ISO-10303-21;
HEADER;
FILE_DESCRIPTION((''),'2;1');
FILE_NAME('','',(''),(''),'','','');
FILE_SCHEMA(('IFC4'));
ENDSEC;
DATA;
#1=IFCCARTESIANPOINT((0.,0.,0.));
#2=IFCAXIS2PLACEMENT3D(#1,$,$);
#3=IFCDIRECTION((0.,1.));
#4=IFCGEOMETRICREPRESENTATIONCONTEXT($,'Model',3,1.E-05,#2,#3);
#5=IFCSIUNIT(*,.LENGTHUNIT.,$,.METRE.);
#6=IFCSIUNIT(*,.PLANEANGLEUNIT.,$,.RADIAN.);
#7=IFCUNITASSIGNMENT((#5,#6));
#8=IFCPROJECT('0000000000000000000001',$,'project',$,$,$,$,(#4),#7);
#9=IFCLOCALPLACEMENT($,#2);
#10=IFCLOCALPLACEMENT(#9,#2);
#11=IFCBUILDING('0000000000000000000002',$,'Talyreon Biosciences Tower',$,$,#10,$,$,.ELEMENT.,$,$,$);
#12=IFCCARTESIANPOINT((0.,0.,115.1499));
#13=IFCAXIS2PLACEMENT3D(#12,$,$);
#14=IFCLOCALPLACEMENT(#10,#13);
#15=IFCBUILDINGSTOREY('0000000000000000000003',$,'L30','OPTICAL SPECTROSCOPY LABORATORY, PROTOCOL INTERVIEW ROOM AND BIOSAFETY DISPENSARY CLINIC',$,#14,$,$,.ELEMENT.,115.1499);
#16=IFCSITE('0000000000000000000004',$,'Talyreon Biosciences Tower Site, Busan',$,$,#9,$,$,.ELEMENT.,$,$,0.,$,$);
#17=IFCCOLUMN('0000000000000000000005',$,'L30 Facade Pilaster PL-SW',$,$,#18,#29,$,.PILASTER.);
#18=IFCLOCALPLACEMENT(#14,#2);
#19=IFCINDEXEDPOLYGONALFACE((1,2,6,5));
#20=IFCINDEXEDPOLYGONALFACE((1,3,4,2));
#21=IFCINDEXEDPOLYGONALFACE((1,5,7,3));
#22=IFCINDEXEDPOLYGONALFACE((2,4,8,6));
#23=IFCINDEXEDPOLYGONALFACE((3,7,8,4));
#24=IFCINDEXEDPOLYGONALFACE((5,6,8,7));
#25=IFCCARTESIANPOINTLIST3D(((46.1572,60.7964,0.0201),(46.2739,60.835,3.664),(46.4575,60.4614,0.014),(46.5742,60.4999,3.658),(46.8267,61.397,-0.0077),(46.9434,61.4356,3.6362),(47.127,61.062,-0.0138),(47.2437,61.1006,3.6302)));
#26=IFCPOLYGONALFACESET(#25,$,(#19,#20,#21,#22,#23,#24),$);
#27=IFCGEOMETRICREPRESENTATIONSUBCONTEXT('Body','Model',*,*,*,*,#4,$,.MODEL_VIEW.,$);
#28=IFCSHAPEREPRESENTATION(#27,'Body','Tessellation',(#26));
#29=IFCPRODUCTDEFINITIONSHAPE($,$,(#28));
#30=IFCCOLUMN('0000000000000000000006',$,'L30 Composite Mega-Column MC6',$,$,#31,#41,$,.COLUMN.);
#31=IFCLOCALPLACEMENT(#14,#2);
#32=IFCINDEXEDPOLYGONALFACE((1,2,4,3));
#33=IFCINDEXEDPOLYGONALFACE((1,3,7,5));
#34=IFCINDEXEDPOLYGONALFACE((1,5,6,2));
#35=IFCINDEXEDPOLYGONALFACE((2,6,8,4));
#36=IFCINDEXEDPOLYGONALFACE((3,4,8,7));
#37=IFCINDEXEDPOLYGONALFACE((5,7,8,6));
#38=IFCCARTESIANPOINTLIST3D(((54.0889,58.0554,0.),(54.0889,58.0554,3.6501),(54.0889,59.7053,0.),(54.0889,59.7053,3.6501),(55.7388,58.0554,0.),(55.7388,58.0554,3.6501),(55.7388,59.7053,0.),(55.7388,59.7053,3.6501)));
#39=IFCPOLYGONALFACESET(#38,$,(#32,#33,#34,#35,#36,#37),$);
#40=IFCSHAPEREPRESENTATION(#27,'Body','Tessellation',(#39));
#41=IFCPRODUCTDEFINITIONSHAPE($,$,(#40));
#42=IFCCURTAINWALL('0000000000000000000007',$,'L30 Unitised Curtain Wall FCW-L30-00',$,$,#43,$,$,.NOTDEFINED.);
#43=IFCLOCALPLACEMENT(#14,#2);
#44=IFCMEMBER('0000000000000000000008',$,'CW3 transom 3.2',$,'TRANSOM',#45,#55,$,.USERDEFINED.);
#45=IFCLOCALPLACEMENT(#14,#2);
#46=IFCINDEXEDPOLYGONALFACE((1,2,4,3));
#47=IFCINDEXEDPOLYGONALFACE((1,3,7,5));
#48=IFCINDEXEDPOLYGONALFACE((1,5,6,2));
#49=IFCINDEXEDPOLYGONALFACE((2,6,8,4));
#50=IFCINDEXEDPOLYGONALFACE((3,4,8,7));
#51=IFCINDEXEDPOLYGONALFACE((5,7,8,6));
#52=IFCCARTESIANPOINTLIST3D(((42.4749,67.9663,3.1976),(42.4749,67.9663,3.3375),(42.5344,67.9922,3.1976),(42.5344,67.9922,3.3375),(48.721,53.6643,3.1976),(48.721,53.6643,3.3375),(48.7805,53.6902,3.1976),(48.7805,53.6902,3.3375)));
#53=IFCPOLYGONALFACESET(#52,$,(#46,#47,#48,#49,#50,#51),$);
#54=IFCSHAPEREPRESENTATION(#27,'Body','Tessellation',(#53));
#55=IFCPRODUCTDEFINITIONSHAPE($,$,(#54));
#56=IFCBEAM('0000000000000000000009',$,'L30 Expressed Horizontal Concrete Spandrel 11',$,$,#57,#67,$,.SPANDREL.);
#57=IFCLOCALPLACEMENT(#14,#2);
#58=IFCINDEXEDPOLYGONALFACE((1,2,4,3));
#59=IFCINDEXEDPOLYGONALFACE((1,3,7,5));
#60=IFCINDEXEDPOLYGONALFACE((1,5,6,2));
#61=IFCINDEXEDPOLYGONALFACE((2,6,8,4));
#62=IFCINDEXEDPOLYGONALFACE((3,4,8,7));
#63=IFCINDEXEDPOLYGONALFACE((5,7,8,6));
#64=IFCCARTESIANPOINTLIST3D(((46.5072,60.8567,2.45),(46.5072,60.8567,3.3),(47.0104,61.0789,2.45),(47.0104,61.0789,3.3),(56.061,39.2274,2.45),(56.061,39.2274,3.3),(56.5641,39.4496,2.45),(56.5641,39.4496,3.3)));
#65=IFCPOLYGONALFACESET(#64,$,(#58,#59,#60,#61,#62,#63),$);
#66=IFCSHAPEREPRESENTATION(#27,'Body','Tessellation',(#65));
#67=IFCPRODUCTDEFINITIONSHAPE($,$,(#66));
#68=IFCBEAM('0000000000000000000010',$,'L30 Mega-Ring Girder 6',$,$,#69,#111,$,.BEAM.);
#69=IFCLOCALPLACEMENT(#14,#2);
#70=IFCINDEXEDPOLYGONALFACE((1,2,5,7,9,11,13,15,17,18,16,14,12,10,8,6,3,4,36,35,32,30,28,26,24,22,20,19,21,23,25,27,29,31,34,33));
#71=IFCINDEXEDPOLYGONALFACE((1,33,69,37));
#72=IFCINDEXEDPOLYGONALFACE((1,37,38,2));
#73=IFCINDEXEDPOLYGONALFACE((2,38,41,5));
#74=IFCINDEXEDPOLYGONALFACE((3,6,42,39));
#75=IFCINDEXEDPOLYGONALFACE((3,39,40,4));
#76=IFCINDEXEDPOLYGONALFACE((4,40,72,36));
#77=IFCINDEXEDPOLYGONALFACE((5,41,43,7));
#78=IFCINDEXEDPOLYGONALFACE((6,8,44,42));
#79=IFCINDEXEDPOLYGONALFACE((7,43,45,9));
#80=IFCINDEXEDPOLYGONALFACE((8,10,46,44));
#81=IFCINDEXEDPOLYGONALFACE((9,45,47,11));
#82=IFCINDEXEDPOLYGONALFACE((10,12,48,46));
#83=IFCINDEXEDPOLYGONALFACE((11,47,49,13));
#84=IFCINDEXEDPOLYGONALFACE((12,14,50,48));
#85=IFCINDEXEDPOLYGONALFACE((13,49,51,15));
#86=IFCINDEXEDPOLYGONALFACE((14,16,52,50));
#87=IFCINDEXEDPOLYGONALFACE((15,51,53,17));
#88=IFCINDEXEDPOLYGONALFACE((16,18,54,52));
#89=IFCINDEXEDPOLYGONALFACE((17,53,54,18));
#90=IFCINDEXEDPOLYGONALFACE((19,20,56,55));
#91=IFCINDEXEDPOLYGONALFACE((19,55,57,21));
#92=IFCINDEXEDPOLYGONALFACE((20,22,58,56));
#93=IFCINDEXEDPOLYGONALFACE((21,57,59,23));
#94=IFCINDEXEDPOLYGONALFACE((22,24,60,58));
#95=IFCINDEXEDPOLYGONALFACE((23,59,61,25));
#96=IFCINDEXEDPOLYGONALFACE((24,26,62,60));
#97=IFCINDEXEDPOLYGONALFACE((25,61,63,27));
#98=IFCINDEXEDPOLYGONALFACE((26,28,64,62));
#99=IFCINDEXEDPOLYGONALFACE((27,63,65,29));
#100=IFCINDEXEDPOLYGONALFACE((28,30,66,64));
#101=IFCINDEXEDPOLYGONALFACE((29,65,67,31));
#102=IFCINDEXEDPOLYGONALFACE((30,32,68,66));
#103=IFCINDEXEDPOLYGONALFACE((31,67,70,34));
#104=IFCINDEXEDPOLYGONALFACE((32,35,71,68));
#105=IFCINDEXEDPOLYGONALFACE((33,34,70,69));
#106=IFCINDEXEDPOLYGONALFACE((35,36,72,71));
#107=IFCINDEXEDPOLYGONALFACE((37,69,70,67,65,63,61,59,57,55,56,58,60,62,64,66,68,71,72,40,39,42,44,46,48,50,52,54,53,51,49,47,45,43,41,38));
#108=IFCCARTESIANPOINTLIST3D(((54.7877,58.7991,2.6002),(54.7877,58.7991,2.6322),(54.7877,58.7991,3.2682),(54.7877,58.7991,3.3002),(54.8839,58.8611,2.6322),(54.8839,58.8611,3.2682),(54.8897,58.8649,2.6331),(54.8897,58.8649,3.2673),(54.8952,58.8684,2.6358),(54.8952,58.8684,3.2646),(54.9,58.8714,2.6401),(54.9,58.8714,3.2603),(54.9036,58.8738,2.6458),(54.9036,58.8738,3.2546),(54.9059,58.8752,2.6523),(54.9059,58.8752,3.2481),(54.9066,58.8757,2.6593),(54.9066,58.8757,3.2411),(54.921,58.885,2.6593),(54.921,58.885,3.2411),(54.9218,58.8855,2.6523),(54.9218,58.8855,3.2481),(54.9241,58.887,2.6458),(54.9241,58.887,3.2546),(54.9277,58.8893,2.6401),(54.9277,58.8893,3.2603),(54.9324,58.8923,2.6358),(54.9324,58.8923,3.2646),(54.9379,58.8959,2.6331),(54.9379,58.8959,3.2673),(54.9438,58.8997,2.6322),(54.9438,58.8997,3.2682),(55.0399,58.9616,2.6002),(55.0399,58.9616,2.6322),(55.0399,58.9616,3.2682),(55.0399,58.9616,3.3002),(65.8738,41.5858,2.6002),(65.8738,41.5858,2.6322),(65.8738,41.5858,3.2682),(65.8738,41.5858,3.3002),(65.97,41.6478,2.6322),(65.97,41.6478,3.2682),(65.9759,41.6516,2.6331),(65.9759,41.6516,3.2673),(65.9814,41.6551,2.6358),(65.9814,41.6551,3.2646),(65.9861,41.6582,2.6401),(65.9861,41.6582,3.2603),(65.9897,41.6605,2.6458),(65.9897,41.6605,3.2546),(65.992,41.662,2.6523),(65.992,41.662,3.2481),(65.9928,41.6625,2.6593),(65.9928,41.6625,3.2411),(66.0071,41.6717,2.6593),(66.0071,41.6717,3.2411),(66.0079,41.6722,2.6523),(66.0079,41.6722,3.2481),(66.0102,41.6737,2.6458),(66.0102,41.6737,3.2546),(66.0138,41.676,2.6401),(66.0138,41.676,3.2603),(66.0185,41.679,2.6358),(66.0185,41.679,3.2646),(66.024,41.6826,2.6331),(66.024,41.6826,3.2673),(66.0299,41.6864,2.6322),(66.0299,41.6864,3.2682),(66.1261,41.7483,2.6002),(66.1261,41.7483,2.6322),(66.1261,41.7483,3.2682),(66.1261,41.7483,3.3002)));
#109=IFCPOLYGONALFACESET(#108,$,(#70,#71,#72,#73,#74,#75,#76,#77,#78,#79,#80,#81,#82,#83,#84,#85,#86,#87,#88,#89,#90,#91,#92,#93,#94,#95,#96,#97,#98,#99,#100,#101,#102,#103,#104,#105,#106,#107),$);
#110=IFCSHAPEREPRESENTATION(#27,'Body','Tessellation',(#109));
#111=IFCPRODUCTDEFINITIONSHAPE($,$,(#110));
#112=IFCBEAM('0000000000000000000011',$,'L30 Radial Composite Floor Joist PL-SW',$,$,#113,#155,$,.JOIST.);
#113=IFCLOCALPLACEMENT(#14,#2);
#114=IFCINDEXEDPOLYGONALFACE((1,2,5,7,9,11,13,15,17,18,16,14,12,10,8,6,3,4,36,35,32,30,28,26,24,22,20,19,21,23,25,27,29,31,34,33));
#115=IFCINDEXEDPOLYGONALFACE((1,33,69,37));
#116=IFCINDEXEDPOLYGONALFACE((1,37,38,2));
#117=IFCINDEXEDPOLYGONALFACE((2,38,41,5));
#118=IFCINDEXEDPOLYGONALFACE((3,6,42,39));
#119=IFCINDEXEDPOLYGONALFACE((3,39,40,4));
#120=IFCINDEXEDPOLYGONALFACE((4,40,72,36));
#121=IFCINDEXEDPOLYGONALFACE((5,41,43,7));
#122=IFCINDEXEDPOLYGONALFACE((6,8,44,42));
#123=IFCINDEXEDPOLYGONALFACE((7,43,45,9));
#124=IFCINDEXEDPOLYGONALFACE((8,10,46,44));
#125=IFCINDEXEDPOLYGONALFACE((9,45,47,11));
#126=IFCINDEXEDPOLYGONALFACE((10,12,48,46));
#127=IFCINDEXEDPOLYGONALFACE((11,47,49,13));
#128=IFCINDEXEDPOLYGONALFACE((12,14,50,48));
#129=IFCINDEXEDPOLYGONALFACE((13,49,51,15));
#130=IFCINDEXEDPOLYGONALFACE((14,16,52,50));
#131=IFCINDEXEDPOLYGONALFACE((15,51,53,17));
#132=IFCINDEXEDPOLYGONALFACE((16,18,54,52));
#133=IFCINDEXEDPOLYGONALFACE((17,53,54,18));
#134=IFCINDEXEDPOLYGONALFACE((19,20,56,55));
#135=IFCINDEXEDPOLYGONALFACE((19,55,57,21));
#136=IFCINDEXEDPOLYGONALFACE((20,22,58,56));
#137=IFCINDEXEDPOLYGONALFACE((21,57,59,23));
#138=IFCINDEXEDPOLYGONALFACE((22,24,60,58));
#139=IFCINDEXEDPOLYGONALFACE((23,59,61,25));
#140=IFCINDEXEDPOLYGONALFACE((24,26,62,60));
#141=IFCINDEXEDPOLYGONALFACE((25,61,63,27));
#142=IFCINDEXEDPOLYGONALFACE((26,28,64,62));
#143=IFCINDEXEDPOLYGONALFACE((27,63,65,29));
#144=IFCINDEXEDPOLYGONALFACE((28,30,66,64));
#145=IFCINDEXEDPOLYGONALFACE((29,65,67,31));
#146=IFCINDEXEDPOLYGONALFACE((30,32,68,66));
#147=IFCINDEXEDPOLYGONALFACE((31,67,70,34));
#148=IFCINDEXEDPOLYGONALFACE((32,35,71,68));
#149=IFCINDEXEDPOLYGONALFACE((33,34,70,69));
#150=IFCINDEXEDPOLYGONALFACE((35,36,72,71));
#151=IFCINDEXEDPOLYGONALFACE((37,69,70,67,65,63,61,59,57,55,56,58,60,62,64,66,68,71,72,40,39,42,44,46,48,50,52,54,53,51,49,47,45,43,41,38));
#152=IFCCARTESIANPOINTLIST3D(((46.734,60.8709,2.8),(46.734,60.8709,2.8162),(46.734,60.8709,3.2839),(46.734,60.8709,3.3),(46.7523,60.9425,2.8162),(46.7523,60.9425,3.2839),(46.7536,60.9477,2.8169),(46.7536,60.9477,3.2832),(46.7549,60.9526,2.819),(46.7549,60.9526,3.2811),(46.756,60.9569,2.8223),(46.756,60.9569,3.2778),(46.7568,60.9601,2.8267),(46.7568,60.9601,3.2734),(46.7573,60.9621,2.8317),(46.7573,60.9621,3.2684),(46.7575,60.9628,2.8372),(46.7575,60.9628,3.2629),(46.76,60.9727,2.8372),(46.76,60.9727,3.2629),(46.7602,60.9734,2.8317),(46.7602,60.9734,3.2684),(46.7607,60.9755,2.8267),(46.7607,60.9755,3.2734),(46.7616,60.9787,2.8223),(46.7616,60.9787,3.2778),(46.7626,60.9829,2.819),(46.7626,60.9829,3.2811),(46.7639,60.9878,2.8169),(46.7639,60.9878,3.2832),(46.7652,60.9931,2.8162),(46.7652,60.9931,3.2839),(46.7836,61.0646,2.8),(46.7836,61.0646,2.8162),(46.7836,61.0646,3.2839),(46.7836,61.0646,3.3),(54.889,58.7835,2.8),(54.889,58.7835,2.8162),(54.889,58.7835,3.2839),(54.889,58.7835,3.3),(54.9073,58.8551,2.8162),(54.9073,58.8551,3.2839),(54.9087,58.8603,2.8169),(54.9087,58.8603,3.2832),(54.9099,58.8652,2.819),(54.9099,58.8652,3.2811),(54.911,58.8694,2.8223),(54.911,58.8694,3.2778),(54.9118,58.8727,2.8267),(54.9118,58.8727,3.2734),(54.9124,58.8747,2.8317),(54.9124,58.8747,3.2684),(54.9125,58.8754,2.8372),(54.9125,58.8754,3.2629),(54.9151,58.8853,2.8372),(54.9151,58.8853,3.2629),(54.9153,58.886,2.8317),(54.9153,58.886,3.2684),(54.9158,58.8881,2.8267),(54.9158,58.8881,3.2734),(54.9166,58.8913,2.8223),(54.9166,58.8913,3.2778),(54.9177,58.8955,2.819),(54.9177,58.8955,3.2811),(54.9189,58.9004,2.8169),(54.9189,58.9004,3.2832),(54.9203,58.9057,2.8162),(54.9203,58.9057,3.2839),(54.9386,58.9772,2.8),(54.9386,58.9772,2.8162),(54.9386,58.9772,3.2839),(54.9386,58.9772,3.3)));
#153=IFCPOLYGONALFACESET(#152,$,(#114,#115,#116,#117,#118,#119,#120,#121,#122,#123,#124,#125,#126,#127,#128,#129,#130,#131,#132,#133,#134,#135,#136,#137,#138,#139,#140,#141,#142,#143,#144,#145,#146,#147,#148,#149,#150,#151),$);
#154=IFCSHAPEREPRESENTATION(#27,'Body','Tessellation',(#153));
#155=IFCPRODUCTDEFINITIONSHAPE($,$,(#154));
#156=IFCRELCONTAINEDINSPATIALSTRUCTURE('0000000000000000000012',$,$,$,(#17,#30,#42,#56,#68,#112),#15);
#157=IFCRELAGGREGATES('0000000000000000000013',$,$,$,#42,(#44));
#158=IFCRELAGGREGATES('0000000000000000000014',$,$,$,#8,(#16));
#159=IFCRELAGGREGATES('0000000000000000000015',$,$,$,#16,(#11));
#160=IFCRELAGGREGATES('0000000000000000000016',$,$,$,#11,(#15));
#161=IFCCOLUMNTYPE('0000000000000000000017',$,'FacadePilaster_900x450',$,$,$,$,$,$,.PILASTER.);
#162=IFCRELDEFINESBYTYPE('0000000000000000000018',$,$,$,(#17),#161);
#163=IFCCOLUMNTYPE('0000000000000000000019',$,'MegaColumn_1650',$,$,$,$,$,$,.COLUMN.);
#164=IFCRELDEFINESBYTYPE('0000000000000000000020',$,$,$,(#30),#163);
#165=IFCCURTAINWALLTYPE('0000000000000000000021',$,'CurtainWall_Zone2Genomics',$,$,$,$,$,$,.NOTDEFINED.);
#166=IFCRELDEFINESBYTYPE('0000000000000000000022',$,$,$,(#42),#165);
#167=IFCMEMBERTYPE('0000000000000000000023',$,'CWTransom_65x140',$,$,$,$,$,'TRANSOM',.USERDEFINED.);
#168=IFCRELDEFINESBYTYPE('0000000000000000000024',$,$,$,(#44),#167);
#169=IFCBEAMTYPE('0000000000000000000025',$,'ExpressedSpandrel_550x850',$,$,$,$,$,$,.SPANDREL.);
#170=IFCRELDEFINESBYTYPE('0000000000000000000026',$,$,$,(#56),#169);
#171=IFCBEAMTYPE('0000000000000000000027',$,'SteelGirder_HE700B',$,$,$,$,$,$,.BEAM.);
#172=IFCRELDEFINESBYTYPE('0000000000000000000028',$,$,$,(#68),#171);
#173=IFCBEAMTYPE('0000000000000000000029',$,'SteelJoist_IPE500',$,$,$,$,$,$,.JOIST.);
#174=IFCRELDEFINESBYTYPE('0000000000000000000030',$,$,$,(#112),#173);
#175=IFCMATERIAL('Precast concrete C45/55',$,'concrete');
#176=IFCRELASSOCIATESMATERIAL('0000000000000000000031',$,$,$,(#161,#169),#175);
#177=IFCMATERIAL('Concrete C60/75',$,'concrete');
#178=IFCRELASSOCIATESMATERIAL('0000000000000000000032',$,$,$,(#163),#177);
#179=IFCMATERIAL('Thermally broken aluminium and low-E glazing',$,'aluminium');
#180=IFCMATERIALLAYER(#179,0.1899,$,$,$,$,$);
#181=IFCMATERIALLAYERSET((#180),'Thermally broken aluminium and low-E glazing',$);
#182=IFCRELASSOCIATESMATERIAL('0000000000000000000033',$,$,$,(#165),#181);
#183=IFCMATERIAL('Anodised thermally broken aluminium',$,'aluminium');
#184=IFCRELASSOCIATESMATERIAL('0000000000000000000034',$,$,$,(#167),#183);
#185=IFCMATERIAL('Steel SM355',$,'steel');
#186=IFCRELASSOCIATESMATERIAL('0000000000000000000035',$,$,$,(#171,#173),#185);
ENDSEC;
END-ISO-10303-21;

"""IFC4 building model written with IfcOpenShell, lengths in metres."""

from ifc_helpers import new_model, si_unit, direction, frame, origin, origin_2d, place, context, subcontext, project, spatial, rectangle, i_section, extrude, material, layer, layer_set, material_profile, profile_set, type_object, element, aggregate, save


model = new_model("IFC4")

# Units and contexts
model_context = context("Model", 3, precision=1e-05, world=origin(), true_north=direction((0.0, 1.0)))
body_context = subcontext(model_context, "Body", "Model", "MODEL_VIEW")
ifc_project = project(units=[si_unit("LENGTHUNIT", "METRE"), si_unit("PLANEANGLEUNIT", "RADIAN")], contexts=[model_context])

# Site, building, storey
site_placement = place(None, origin())
site = spatial("IfcSite", under=ifc_project, at=site_placement, Name="Talyreon Biosciences Tower Site, Busan", CompositionType="ELEMENT", RefElevation=0.0)
building_placement = place(site_placement, origin())
building = spatial("IfcBuilding", under=site, at=building_placement, Name="Talyreon Biosciences Tower", CompositionType="ELEMENT")
storey_placement = place(building_placement, frame((0.0, 0.0, 115.1499)))
storey = spatial("IfcBuildingStorey", under=building, at=storey_placement, Name="L30", Description="OPTICAL SPECTROSCOPY LABORATORY, PROTOCOL INTERVIEW ROOM AND BIOSAFETY DISPENSARY CLINIC", CompositionType="ELEMENT", Elevation=115.1499)

# Columns
ifc_material_1 = material(Name="Precast concrete C45/55", Category="concrete")
ifc_material_profile_1 = material_profile(ifc_material_1, rectangle(XDim=0.8999, YDim=0.45, at=origin_2d()), Name="RC 900x450")
ifc_profile_set_1 = profile_set([ifc_material_profile_1], Name="Precast concrete C45/55")
column_type_1 = type_object("IfcColumnType", Name="FacadePilaster_900x450", PredefinedType="PILASTER", material=ifc_profile_set_1)
column_1_placement = place(storey_placement, frame((46.6421, 60.9292, 0.0032), z_axis=(0.032006, 0.01058, 0.999432), x_axis=(0.744015, 0.667448, -0.030892)))
element("IfcColumn", 1, at=column_1_placement, inside=storey, type_object=column_type_1, Name="L30 Facade Pilaster PL-SW", PredefinedType="PILASTER", context=body_context, shape_type="SweptSolid", body=[
    extrude(rectangle(XDim=0.8999, YDim=0.45, at=origin_2d()), origin(), (0.0, 0.0, 1.0), 3.646),
])
ifc_material_2 = material(Name="Concrete C60/75", Category="concrete")
ifc_material_profile_2 = material_profile(ifc_material_2, rectangle(XDim=1.6499, YDim=1.6499, at=origin_2d()), Name="RC 1650x1650")
ifc_profile_set_2 = profile_set([ifc_material_profile_2], Name="Concrete C60/75")
column_type_2 = type_object("IfcColumnType", Name="MegaColumn_1650", PredefinedType="COLUMN", material=ifc_profile_set_2)
column_2_placement = place(storey_placement, frame((54.9138, 58.8804, 0.0), z_axis=(0.0, 0.0, 1.0), x_axis=(1.0, 0.0, 0.0)))
element("IfcColumn", 2, at=column_2_placement, inside=storey, type_object=column_type_2, Name="L30 Composite Mega-Column MC6", PredefinedType="COLUMN", context=body_context, shape_type="SweptSolid", body=[
    extrude(rectangle(XDim=1.6499, YDim=1.6499, at=origin_2d()), origin(), (0.0, 0.0, 1.0), 3.6501),
])

# Curtain wall, member
ifc_material_3 = material(Name="Thermally broken aluminium and low-E glazing", Category="aluminium")
ifc_layer_1 = layer(ifc_material_3, 0.1899)
ifc_layer_set_1 = layer_set([ifc_layer_1], Name="Thermally broken aluminium and low-E glazing")
curtain_wall_type = type_object("IfcCurtainWallType", Name="CurtainWall_Zone2Genomics", PredefinedType="NOTDEFINED", material=ifc_layer_set_1)
curtain_wall_placement = place(storey_placement, origin())
curtain_wall = element("IfcCurtainWall", 3, at=curtain_wall_placement, inside=storey, type_object=curtain_wall_type, Name="L30 Unitised Curtain Wall FCW-L30-00", PredefinedType="NOTDEFINED")
ifc_material_4 = material(Name="Anodised thermally broken aluminium", Category="aluminium")
ifc_material_profile_3 = material_profile(ifc_material_4, rectangle(XDim=0.0649, YDim=0.1399, at=origin_2d()), Name="ALUM TRANSOM 65x140")
ifc_profile_set_3 = profile_set([ifc_material_profile_3], Name="Anodised thermally broken aluminium")
member_type = type_object("IfcMemberType", Name="CWTransom_65x140", ElementType="TRANSOM", PredefinedType="USERDEFINED", material=ifc_profile_set_3)
member_placement = place(storey_placement, frame((48.7507, 53.6772, 3.2676), z_axis=(-0.400225, 0.916417, 0.0), x_axis=(-0.916417, -0.400225, 0.0)))
member = element("IfcMember", 4, at=member_placement, type_object=member_type, Name="CW3 transom 3.2", ObjectType="TRANSOM", PredefinedType="USERDEFINED", context=body_context, shape_type="SweptSolid", body=[
    extrude(rectangle(XDim=0.0649, YDim=0.1399, at=origin_2d()), origin(), (0.0, 0.0, 1.0), 15.6064),
])

# Beams
ifc_material_profile_4 = material_profile(ifc_material_1, rectangle(XDim=0.55, YDim=0.8501, at=origin_2d()), Name="RCB 550x850")
ifc_profile_set_4 = profile_set([ifc_material_profile_4], Name="Precast concrete C45/55")
beam_type_1 = type_object("IfcBeamType", Name="ExpressedSpandrel_550x850", PredefinedType="SPANDREL", material=ifc_profile_set_4)
beam_1_placement = place(storey_placement, frame((46.7588, 60.9678, 2.875), z_axis=(0.404045, -0.914739, 0.0), x_axis=(0.914739, 0.404045, 0.0)))
element("IfcBeam", 5, at=beam_1_placement, inside=storey, type_object=beam_type_1, Name="L30 Expressed Horizontal Concrete Spandrel 11", PredefinedType="SPANDREL", context=body_context, shape_type="SweptSolid", body=[
    extrude(rectangle(XDim=0.55, YDim=0.8501, at=origin_2d()), origin(), (0.0, 0.0, 1.0), 23.6453),
])
ifc_material_5 = material(Name="Steel SM355", Category="steel")
ifc_material_profile_5 = material_profile(ifc_material_5, i_section(OverallWidth=0.3, OverallDepth=0.7, WebThickness=0.0171, FlangeThickness=0.032, FilletRadius=0.0271, at=origin_2d()), Name="HE700B")
ifc_profile_set_5 = profile_set([ifc_material_profile_5], Name="Steel SM355")
beam_type_2 = type_object("IfcBeamType", Name="SteelGirder_HE700B", PredefinedType="BEAM", material=ifc_profile_set_5)
beam_2_placement = place(storey_placement, frame((54.9138, 58.8804, 2.9502), z_axis=(0.541464, -0.840724, 0.0), x_axis=(0.840724, 0.541464, 0.0)))
element("IfcBeam", 6, at=beam_2_placement, inside=storey, type_object=beam_type_2, Name="L30 Mega-Ring Girder 6", PredefinedType="BEAM", context=body_context, shape_type="SweptSolid", body=[
    extrude(i_section(OverallWidth=0.3, OverallDepth=0.7, WebThickness=0.0171, FlangeThickness=0.032, FilletRadius=0.0271, at=origin_2d()), origin(), (0.0, 0.0, 1.0), 20.4744),
])
ifc_material_profile_6 = material_profile(ifc_material_5, i_section(OverallWidth=0.2, OverallDepth=0.5, WebThickness=0.0103, FlangeThickness=0.0161, FilletRadius=0.021, at=origin_2d()), Name="IPE500")
ifc_profile_set_6 = profile_set([ifc_material_profile_6], Name="Steel SM355")
beam_type_3 = type_object("IfcBeamType", Name="SteelJoist_IPE500", PredefinedType="JOIST", material=ifc_profile_set_6)
beam_3_placement = place(storey_placement, frame((54.9138, 58.8804, 3.05), z_axis=(-0.968768, 0.247971, 0.0), x_axis=(-0.247971, -0.968768, 0.0)))
element("IfcBeam", 7, at=beam_3_placement, inside=storey, type_object=beam_type_3, Name="L30 Radial Composite Floor Joist PL-SW", PredefinedType="JOIST", context=body_context, shape_type="SweptSolid", body=[
    extrude(i_section(OverallWidth=0.2, OverallDepth=0.5, WebThickness=0.0103, FlangeThickness=0.0161, FilletRadius=0.021, at=origin_2d()), origin(), (0.0, 0.0, 1.0), 8.418),
])

aggregate(curtain_wall, [member])

save(model, "model.ifc")
